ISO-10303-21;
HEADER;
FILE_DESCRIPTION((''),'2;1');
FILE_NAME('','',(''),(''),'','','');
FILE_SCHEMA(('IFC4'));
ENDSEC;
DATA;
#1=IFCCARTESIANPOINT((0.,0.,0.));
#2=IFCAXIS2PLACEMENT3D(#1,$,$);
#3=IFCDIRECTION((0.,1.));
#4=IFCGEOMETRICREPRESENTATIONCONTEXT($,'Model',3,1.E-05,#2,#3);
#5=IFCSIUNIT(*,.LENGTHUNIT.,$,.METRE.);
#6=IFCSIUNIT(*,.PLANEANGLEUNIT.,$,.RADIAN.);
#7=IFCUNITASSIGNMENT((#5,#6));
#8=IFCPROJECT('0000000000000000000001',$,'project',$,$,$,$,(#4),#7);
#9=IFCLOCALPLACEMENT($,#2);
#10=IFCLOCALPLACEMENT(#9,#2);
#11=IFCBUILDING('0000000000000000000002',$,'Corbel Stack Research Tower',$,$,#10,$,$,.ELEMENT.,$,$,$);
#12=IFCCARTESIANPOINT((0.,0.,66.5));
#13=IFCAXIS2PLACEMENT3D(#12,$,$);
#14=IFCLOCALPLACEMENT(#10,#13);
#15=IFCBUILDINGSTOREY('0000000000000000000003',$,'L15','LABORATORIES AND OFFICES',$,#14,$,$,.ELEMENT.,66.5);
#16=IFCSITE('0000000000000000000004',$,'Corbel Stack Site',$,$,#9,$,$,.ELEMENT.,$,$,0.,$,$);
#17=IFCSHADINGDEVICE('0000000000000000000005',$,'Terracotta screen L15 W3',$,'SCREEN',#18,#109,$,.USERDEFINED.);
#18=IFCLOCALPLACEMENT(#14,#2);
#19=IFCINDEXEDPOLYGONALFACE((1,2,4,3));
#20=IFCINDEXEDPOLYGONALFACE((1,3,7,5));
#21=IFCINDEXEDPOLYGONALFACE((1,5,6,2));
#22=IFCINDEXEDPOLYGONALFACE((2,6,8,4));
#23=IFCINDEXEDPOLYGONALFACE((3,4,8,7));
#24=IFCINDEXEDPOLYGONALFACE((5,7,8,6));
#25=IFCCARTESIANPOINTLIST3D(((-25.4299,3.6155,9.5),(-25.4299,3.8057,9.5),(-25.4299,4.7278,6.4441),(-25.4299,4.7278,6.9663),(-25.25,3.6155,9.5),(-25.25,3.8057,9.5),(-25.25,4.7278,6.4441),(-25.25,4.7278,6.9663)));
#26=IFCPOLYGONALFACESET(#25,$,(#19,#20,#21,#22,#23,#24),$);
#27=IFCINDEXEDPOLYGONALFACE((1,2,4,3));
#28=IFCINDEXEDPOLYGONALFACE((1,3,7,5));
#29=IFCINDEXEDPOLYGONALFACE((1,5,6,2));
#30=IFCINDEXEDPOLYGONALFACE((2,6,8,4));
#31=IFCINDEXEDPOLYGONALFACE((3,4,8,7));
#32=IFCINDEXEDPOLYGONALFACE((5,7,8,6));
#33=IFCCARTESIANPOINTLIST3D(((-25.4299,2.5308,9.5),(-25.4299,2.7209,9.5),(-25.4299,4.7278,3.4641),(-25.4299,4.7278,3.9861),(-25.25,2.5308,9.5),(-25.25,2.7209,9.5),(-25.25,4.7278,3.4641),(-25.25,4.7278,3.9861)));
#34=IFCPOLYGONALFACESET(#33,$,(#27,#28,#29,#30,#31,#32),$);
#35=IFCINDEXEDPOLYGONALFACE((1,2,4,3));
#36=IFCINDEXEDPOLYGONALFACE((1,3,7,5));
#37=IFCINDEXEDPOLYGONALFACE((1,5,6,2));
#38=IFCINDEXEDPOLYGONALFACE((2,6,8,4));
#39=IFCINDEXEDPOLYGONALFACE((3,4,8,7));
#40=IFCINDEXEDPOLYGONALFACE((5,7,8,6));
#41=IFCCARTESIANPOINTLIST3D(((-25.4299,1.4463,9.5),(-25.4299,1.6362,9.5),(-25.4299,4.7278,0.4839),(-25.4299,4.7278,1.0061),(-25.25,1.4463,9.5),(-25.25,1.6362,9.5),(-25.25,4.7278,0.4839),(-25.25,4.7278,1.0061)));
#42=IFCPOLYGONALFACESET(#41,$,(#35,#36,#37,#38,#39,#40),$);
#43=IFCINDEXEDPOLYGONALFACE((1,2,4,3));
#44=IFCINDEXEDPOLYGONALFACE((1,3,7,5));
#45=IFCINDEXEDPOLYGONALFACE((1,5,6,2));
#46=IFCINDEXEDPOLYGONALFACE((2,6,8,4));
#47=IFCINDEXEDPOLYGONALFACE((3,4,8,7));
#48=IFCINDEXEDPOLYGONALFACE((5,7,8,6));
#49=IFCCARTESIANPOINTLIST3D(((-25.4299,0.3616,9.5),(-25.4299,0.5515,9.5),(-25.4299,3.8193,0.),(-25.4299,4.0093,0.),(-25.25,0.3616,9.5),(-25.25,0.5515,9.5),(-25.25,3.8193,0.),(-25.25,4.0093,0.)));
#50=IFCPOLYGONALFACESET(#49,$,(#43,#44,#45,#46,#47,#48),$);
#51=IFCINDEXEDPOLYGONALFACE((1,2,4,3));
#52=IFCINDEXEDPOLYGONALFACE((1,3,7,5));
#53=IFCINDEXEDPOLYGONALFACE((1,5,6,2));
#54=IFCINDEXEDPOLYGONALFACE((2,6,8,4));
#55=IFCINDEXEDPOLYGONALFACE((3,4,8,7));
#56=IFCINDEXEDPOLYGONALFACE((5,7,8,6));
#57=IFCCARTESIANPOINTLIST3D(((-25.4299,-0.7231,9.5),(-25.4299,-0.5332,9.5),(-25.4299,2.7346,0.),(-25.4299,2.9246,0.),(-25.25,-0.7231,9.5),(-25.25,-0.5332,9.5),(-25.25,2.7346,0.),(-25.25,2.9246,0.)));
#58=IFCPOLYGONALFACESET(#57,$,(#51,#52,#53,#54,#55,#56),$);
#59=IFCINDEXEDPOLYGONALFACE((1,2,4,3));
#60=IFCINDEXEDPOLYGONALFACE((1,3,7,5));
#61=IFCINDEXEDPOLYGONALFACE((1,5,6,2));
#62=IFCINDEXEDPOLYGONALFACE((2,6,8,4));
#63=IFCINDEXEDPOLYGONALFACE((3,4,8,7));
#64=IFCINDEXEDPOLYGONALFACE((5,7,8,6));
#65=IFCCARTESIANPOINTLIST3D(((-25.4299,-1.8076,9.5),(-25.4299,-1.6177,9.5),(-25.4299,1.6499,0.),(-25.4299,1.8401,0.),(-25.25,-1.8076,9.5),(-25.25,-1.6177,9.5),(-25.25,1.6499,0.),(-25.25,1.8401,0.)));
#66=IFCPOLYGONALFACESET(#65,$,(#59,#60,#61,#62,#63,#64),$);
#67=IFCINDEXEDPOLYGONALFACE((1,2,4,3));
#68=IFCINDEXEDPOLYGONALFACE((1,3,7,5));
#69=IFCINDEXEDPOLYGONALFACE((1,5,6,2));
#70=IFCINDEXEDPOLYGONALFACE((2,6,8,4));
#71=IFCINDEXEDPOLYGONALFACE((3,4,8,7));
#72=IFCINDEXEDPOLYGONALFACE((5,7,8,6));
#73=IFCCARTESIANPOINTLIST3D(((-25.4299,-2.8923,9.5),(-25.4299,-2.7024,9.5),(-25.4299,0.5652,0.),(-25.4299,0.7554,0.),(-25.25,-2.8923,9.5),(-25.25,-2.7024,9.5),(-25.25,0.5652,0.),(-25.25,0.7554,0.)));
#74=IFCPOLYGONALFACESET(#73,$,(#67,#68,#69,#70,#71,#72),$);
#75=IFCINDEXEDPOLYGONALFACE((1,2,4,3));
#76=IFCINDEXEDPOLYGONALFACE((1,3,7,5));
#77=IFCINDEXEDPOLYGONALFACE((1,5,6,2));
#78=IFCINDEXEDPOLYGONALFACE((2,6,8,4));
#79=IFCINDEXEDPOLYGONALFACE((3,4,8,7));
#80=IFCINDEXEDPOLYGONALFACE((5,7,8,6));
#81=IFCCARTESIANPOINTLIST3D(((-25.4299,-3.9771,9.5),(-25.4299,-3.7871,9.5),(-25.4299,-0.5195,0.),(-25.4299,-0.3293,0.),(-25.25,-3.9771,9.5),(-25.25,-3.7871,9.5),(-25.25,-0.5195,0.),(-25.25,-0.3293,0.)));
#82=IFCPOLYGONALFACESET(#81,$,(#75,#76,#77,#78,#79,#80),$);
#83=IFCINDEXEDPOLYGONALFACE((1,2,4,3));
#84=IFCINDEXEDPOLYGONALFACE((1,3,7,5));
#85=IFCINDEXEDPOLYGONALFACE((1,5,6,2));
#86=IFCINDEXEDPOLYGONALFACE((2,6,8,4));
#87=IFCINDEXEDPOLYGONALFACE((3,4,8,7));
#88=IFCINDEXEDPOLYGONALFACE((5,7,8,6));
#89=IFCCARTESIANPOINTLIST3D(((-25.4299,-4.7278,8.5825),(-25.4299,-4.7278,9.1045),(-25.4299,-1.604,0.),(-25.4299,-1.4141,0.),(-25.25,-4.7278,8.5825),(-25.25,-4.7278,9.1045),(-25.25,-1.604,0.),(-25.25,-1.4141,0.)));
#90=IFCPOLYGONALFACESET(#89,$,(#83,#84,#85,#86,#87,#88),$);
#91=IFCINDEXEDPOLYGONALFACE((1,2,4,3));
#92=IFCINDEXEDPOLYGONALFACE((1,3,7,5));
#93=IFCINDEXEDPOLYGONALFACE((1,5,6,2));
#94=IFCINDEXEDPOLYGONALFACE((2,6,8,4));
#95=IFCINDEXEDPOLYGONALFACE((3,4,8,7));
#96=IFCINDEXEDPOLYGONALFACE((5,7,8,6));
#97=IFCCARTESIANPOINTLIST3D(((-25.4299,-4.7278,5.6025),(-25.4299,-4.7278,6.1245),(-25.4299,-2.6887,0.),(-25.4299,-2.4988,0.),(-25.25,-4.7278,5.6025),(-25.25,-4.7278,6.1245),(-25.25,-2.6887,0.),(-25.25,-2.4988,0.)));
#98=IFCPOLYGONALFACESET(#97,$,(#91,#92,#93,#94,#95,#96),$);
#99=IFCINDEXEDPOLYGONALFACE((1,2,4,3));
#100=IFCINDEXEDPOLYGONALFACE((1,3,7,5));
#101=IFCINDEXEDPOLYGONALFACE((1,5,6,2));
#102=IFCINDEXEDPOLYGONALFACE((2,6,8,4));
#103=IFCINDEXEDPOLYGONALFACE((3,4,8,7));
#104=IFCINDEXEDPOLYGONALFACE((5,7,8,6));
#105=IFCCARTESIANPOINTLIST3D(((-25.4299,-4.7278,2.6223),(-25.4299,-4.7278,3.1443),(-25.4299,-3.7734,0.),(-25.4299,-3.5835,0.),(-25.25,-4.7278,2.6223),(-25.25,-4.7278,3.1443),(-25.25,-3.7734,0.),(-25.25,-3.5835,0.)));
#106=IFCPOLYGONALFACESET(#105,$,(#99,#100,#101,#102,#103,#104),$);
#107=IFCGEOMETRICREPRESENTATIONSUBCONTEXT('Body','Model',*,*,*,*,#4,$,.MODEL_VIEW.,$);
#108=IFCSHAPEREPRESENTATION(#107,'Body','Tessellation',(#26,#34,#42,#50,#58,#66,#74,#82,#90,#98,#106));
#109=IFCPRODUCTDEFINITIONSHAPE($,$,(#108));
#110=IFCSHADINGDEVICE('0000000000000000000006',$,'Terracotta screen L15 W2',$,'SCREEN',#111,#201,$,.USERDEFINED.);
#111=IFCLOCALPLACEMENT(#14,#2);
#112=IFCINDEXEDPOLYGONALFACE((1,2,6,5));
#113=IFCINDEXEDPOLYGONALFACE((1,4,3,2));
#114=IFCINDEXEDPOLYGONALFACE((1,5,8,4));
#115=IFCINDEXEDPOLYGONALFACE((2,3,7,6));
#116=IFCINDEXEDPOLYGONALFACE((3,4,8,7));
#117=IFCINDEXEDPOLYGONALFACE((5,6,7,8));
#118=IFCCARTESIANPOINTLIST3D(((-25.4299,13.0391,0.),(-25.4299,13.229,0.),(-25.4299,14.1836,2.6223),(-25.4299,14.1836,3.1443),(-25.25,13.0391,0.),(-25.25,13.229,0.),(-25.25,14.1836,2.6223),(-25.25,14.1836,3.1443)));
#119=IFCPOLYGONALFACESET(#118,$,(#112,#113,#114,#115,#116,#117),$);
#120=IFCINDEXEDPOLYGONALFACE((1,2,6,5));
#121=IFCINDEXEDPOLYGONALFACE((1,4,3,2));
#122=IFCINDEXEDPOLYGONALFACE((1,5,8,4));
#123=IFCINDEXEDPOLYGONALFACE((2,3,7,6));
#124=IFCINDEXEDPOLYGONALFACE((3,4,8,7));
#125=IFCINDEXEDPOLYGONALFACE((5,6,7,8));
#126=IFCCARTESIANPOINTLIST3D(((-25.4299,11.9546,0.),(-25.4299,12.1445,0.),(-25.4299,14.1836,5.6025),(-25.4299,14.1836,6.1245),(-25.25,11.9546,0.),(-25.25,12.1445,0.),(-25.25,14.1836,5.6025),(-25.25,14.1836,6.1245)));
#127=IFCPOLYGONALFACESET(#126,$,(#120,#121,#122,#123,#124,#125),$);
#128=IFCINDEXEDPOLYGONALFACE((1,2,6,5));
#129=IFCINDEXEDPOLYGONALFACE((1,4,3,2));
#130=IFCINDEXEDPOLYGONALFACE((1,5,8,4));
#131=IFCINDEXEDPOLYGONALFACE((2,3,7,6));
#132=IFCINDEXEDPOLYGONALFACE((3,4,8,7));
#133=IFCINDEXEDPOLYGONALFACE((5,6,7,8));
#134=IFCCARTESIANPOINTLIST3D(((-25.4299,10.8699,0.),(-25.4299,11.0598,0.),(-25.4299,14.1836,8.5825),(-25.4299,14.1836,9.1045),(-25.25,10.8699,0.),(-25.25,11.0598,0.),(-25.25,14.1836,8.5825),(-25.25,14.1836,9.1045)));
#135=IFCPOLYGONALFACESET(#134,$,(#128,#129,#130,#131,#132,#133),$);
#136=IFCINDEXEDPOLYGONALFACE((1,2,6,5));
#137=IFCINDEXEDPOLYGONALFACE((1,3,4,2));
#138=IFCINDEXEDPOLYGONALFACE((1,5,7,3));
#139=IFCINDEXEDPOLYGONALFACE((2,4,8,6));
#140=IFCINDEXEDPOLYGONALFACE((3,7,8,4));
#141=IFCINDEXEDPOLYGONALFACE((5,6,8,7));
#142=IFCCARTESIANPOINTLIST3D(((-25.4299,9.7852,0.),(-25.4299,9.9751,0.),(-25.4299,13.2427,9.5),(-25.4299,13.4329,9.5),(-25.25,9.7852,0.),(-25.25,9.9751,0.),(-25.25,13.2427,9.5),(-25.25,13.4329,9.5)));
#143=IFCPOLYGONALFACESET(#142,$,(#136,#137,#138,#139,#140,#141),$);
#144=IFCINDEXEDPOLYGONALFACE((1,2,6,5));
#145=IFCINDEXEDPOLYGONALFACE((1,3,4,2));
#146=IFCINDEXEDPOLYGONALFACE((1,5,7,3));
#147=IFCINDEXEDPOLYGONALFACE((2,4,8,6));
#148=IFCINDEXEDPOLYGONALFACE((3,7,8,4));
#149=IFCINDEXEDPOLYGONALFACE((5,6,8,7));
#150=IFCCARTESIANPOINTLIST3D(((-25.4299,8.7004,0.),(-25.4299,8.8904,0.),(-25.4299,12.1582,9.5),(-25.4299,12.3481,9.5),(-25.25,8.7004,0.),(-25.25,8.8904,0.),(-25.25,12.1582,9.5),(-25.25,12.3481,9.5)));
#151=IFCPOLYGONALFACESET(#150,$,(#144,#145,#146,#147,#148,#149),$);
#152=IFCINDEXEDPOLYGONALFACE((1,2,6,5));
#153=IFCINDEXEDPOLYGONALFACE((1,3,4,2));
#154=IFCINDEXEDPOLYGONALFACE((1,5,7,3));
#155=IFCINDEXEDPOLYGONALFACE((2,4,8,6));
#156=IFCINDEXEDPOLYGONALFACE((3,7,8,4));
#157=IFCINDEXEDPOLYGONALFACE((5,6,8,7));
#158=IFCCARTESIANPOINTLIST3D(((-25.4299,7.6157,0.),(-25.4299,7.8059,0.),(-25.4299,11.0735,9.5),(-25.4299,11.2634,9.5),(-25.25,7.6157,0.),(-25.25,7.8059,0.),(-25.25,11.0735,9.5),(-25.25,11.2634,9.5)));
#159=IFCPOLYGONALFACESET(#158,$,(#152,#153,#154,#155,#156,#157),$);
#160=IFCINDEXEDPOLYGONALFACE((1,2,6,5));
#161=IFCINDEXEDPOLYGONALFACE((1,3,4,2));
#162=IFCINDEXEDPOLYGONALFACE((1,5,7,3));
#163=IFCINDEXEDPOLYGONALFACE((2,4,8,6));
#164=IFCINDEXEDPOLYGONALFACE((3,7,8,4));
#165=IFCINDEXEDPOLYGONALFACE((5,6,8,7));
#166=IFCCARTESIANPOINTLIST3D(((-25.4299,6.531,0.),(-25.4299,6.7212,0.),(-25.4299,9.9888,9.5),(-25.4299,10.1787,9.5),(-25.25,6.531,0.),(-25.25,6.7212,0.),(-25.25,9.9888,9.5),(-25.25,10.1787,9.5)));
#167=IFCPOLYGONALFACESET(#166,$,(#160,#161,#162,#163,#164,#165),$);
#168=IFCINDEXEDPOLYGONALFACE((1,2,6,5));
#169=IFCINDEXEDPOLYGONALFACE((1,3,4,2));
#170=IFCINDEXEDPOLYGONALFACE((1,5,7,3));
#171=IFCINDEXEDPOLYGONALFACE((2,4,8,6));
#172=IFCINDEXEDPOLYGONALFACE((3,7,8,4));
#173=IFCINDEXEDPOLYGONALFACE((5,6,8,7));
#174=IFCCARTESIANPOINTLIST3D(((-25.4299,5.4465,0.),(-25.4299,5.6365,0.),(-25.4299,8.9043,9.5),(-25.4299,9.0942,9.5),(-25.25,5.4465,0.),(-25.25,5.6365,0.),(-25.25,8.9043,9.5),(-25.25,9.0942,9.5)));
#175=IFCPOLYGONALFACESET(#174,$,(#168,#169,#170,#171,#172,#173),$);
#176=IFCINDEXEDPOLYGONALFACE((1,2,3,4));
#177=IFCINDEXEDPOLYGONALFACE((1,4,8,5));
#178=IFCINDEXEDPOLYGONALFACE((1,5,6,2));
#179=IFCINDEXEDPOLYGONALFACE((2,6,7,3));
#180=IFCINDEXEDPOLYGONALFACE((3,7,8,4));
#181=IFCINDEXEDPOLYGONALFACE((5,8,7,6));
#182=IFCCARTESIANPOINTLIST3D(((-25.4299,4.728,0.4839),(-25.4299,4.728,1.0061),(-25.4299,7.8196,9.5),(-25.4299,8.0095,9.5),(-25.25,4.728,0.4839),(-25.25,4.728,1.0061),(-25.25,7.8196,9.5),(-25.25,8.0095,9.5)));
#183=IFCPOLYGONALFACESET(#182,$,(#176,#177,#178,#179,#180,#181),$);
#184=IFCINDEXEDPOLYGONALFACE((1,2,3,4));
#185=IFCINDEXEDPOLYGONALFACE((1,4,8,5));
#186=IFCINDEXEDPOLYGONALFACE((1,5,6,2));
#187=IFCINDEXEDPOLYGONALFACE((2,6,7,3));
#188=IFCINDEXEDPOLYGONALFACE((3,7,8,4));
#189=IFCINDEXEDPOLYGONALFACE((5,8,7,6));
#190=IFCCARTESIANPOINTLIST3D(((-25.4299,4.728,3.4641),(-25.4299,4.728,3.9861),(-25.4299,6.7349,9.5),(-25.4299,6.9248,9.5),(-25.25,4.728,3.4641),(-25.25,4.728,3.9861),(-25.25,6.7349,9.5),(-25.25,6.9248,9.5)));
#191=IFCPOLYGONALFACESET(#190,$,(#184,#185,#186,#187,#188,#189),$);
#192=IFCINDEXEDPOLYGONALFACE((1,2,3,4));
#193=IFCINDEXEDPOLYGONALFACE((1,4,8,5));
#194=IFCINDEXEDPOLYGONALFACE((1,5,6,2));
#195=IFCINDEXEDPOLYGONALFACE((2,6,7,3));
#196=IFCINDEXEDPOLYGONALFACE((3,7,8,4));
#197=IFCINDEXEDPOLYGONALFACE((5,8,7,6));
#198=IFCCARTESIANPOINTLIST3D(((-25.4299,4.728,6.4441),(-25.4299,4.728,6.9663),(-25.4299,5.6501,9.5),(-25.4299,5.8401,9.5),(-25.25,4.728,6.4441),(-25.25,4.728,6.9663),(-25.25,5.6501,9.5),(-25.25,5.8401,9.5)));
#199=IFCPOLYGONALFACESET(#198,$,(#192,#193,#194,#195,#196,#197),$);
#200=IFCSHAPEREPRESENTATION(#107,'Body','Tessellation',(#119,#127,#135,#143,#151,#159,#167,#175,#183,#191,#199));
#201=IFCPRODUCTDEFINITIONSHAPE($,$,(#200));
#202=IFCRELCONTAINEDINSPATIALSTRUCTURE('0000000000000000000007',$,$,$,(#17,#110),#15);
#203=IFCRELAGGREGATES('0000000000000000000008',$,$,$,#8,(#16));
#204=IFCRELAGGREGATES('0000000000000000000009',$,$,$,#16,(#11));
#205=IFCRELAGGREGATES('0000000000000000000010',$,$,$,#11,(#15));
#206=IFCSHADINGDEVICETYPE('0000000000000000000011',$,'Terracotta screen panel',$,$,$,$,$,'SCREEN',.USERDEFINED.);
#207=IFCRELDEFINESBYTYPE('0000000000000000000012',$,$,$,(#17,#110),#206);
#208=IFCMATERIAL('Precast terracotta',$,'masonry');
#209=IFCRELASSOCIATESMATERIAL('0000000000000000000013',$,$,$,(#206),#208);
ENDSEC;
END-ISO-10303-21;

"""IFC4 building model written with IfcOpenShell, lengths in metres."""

from ifc_helpers import new_model, si_unit, direction, frame, origin, place, context, subcontext, project, spatial, polyline, outline, extrude, source, transform, mapped, material, type_object, element, save


model = new_model("IFC4")

# Units and contexts
model_context = context("Model", 3, precision=1e-05, world=origin(), true_north=direction((0.0, 1.0)))
body_context = subcontext(model_context, "Body", "Model", "MODEL_VIEW")
ifc_project = project(units=[si_unit("LENGTHUNIT", "METRE"), si_unit("PLANEANGLEUNIT", "RADIAN")], contexts=[model_context])

# Site, building, storey
site_placement = place(None, origin())
site = spatial("IfcSite", under=ifc_project, at=site_placement, Name="Corbel Stack Site", CompositionType="ELEMENT", RefElevation=0.0)
building_placement = place(site_placement, origin())
building = spatial("IfcBuilding", under=site, at=building_placement, Name="Corbel Stack Research Tower", CompositionType="ELEMENT")
storey_placement = place(building_placement, frame((0.0, 0.0, 66.5)))
storey = spatial("IfcBuildingStorey", under=building, at=storey_placement, Name="L15", Description="LABORATORIES AND OFFICES", CompositionType="ELEMENT", Elevation=66.5)

# Shading devices
ifc_material_1 = material(Name="Precast terracotta", Category="masonry")
shading_device_type = type_object("IfcShadingDeviceType", Name="Terracotta screen panel", ElementType="SCREEN", PredefinedType="USERDEFINED", material=ifc_material_1)
shared_shape_1 = source(origin(), body_context, "Body", "SweptSolid", [
    extrude(outline(polyline([(1.1123, 9.5), (0.9221, 9.5), (0.0, 6.9663), (0.0, 6.4441), (1.1123, 9.5)])), frame((0.0, 0.0, 0.0), z_axis=(0.0, -1.0, 0.0), x_axis=(1.0, 0.0, 0.0)), (0.0, 0.0, 1.0), 0.1799),
    extrude(outline(polyline([(2.197, 9.5), (2.0068, 9.5), (0.0, 3.9861), (0.0, 3.4641), (2.197, 9.5)])), frame((0.0, 0.0, 0.0), z_axis=(0.0, -1.0, 0.0), x_axis=(1.0, 0.0, 0.0)), (0.0, 0.0, 1.0), 0.1799),
    extrude(outline(polyline([(3.2815, 9.5), (3.0916, 9.5), (0.0, 1.0061), (0.0, 0.4839), (3.2815, 9.5)])), frame((0.0, 0.0, 0.0), z_axis=(0.0, -1.0, 0.0), x_axis=(1.0, 0.0, 0.0)), (0.0, 0.0, 1.0), 0.1799),
    extrude(outline(polyline([(0.9084, 0.0), (4.3662, 9.5), (4.1763, 9.5), (0.7185, 0.0), (0.9084, 0.0)])), frame((0.0, 0.0, 0.0), z_axis=(0.0, -1.0, 0.0), x_axis=(1.0, 0.0, 0.0)), (0.0, 0.0, 1.0), 0.1799),
    extrude(outline(polyline([(1.9932, 0.0), (5.4509, 9.5), (5.261, 9.5), (1.8032, 0.0), (1.9932, 0.0)])), frame((0.0, 0.0, 0.0), z_axis=(0.0, -1.0, 0.0), x_axis=(1.0, 0.0, 0.0)), (0.0, 0.0, 1.0), 0.1799),
    extrude(outline(polyline([(3.0779, 0.0), (6.5354, 9.5), (6.3455, 9.5), (2.8877, 0.0), (3.0779, 0.0)])), frame((0.0, 0.0, 0.0), z_axis=(0.0, -1.0, 0.0), x_axis=(1.0, 0.0, 0.0)), (0.0, 0.0, 1.0), 0.1799),
    extrude(outline(polyline([(4.1626, 0.0), (7.6201, 9.5), (7.4302, 9.5), (3.9724, 0.0), (4.1626, 0.0)])), frame((0.0, 0.0, 0.0), z_axis=(0.0, -1.0, 0.0), x_axis=(1.0, 0.0, 0.0)), (0.0, 0.0, 1.0), 0.1799),
    extrude(outline(polyline([(5.2473, 0.0), (8.7048, 9.5), (8.5149, 9.5), (5.0571, 0.0), (5.2473, 0.0)])), frame((0.0, 0.0, 0.0), z_axis=(0.0, -1.0, 0.0), x_axis=(1.0, 0.0, 0.0)), (0.0, 0.0, 1.0), 0.1799),
    extrude(outline(polyline([(6.3318, 0.0), (9.4556, 8.5825), (9.4556, 9.1045), (6.1418, 0.0), (6.3318, 0.0)])), frame((0.0, 0.0, 0.0), z_axis=(0.0, -1.0, 0.0), x_axis=(1.0, 0.0, 0.0)), (0.0, 0.0, 1.0), 0.1799),
    extrude(outline(polyline([(7.4165, 0.0), (9.4556, 5.6025), (9.4556, 6.1245), (7.2266, 0.0), (7.4165, 0.0)])), frame((0.0, 0.0, 0.0), z_axis=(0.0, -1.0, 0.0), x_axis=(1.0, 0.0, 0.0)), (0.0, 0.0, 1.0), 0.1799),
    extrude(outline(polyline([(8.5012, 0.0), (9.4556, 2.6223), (9.4556, 3.1443), (8.3113, 0.0), (8.5012, 0.0)])), frame((0.0, 0.0, 0.0), z_axis=(0.0, -1.0, 0.0), x_axis=(1.0, 0.0, 0.0)), (0.0, 0.0, 1.0), 0.1799),
])
shading_device_1_placement = place(storey_placement, frame((-25.25, 4.7278, 0.0), z_axis=(0.0, 0.0, 1.0), x_axis=(0.0, -1.0, 0.0)))
element("IfcShadingDevice", 1, at=shading_device_1_placement, inside=storey, type_object=shading_device_type, Name="Terracotta screen L15 W3", ObjectType="SCREEN", PredefinedType="USERDEFINED", context=body_context, shape_type="MappedRepresentation", body=[
    mapped(shared_shape_1, transform((0.0, 0.0, 0.0))),
])
shared_shape_2 = source(origin(), body_context, "Body", "SweptSolid", [
    extrude(outline(polyline([(1.1445, 0.0), (0.0, 3.1443), (0.0, 2.6223), (0.9546, 0.0), (1.1445, 0.0)])), frame((0.0, 0.0, 0.0), z_axis=(0.0, -1.0, 0.0), x_axis=(1.0, 0.0, 0.0)), (0.0, 0.0, 1.0), 0.1799),
    extrude(outline(polyline([(2.229, 0.0), (0.0, 6.1245), (0.0, 5.6025), (2.0391, 0.0), (2.229, 0.0)])), frame((0.0, 0.0, 0.0), z_axis=(0.0, -1.0, 0.0), x_axis=(1.0, 0.0, 0.0)), (0.0, 0.0, 1.0), 0.1799),
    extrude(outline(polyline([(3.3137, 0.0), (0.0, 9.1045), (0.0, 8.5825), (3.1238, 0.0), (3.3137, 0.0)])), frame((0.0, 0.0, 0.0), z_axis=(0.0, -1.0, 0.0), x_axis=(1.0, 0.0, 0.0)), (0.0, 0.0, 1.0), 0.1799),
    extrude(outline(polyline([(4.3984, 0.0), (0.9409, 9.5), (0.7507, 9.5), (4.2085, 0.0), (4.3984, 0.0)])), frame((0.0, 0.0, 0.0), z_axis=(0.0, -1.0, 0.0), x_axis=(1.0, 0.0, 0.0)), (0.0, 0.0, 1.0), 0.1799),
    extrude(outline(polyline([(5.4832, 0.0), (2.0254, 9.5), (1.8354, 9.5), (5.2932, 0.0), (5.4832, 0.0)])), frame((0.0, 0.0, 0.0), z_axis=(0.0, -1.0, 0.0), x_axis=(1.0, 0.0, 0.0)), (0.0, 0.0, 1.0), 0.1799),
    extrude(outline(polyline([(6.5679, 0.0), (3.1101, 9.5), (2.9202, 9.5), (6.3777, 0.0), (6.5679, 0.0)])), frame((0.0, 0.0, 0.0), z_axis=(0.0, -1.0, 0.0), x_axis=(1.0, 0.0, 0.0)), (0.0, 0.0, 1.0), 0.1799),
    extrude(outline(polyline([(7.6526, 0.0), (4.1948, 9.5), (4.0049, 9.5), (7.4624, 0.0), (7.6526, 0.0)])), frame((0.0, 0.0, 0.0), z_axis=(0.0, -1.0, 0.0), x_axis=(1.0, 0.0, 0.0)), (0.0, 0.0, 1.0), 0.1799),
    extrude(outline(polyline([(8.7371, 0.0), (5.2793, 9.5), (5.0894, 9.5), (8.5471, 0.0), (8.7371, 0.0)])), frame((0.0, 0.0, 0.0), z_axis=(0.0, -1.0, 0.0), x_axis=(1.0, 0.0, 0.0)), (0.0, 0.0, 1.0), 0.1799),
    extrude(outline(polyline([(6.364, 9.5), (6.1741, 9.5), (9.4556, 0.4839), (9.4556, 1.0061), (6.364, 9.5)])), frame((0.0, 0.0, 0.0), z_axis=(0.0, -1.0, 0.0), x_axis=(1.0, 0.0, 0.0)), (0.0, 0.0, 1.0), 0.1799),
    extrude(outline(polyline([(7.4487, 9.5), (7.2588, 9.5), (9.4556, 3.4641), (9.4556, 3.9861), (7.4487, 9.5)])), frame((0.0, 0.0, 0.0), z_axis=(0.0, -1.0, 0.0), x_axis=(1.0, 0.0, 0.0)), (0.0, 0.0, 1.0), 0.1799),
    extrude(outline(polyline([(8.5334, 9.5), (8.3435, 9.5), (9.4556, 6.4441), (9.4556, 6.9663), (8.5334, 9.5)])), frame((0.0, 0.0, 0.0), z_axis=(0.0, -1.0, 0.0), x_axis=(1.0, 0.0, 0.0)), (0.0, 0.0, 1.0), 0.1799),
])
shading_device_2_placement = place(storey_placement, frame((-25.25, 14.1836, 0.0), z_axis=(0.0, 0.0, 1.0), x_axis=(0.0, -1.0, 0.0)))
element("IfcShadingDevice", 2, at=shading_device_2_placement, inside=storey, type_object=shading_device_type, Name="Terracotta screen L15 W2", ObjectType="SCREEN", PredefinedType="USERDEFINED", context=body_context, shape_type="MappedRepresentation", body=[
    mapped(shared_shape_2, transform((0.0, 0.0, 0.0))),
])

save(model, "model.ifc")
